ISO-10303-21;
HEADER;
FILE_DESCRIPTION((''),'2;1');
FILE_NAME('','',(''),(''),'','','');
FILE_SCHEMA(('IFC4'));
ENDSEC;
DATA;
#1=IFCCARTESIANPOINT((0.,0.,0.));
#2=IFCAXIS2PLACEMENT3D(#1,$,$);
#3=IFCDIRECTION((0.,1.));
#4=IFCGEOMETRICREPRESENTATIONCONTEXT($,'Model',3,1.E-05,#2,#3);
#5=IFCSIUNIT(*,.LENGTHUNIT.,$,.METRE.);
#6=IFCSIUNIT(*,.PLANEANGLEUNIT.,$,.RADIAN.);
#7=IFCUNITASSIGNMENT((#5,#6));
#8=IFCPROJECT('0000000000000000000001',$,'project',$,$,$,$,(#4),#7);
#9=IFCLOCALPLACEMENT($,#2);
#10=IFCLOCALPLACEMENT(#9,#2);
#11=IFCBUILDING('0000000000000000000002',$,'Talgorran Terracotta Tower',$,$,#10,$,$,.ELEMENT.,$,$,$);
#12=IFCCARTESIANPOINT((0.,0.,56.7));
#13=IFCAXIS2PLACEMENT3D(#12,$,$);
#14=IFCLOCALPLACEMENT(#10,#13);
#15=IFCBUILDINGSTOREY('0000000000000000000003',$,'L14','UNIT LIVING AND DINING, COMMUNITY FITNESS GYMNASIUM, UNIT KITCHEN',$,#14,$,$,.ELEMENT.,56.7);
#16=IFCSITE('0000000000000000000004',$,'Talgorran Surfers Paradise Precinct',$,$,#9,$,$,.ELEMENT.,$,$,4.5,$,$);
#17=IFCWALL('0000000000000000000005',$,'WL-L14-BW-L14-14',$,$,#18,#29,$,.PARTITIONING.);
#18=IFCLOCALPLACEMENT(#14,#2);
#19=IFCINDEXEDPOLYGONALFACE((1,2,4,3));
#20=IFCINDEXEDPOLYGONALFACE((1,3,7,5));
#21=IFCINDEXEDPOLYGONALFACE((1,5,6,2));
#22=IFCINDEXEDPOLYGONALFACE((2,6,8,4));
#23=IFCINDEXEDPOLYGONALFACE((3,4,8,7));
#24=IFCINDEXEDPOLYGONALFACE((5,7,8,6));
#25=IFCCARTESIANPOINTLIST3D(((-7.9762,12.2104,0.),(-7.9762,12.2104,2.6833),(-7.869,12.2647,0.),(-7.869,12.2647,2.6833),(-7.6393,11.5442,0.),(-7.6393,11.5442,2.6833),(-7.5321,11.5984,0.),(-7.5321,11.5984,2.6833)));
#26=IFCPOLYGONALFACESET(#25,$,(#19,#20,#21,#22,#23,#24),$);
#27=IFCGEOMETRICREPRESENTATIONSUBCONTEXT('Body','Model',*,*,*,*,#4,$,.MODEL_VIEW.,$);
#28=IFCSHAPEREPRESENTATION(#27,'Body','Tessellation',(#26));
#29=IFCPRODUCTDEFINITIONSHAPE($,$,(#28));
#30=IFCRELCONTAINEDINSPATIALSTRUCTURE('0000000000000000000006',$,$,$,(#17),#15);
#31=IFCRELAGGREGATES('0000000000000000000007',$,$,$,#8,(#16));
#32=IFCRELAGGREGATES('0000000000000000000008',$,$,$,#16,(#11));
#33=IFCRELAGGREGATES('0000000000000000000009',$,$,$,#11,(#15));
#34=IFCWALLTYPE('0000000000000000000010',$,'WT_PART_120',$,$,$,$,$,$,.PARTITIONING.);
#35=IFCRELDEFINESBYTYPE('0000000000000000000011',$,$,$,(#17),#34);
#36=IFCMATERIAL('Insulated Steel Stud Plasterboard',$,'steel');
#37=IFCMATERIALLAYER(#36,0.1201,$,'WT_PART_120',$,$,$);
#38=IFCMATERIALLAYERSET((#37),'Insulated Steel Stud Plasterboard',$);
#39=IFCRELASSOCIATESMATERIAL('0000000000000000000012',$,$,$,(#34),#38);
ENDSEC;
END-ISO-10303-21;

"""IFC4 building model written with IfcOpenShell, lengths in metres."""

from ifc_helpers import new_model, si_unit, direction, frame, frame_2d, origin, place, context, subcontext, project, spatial, rectangle, extrude, material, layer, layer_set, type_object, element, save


model = new_model("IFC4")

# Units and contexts
model_context = context("Model", 3, precision=1e-05, world=origin(), true_north=direction((0.0, 1.0)))
body_context = subcontext(model_context, "Body", "Model", "MODEL_VIEW")
ifc_project = project(units=[si_unit("LENGTHUNIT", "METRE"), si_unit("PLANEANGLEUNIT", "RADIAN")], contexts=[model_context])

# Site, building, storey
site_placement = place(None, origin())
site = spatial("IfcSite", under=ifc_project, at=site_placement, Name="Talgorran Surfers Paradise Precinct", CompositionType="ELEMENT", RefElevation=4.5)
building_placement = place(site_placement, origin())
building = spatial("IfcBuilding", under=site, at=building_placement, Name="Talgorran Terracotta Tower", CompositionType="ELEMENT")
storey_placement = place(building_placement, frame((0.0, 0.0, 56.7)))
storey = spatial("IfcBuildingStorey", under=building, at=storey_placement, Name="L14", Description="UNIT LIVING AND DINING, COMMUNITY FITNESS GYMNASIUM, UNIT KITCHEN", CompositionType="ELEMENT", Elevation=56.7)

# Wall
ifc_material_1 = material(Name="Insulated Steel Stud Plasterboard", Category="steel")
ifc_layer_1 = layer(ifc_material_1, 0.1201, Name="WT_PART_120")
ifc_layer_set_1 = layer_set([ifc_layer_1], Name="Insulated Steel Stud Plasterboard")
wall_type = type_object("IfcWallType", Name="WT_PART_120", PredefinedType="PARTITIONING", material=ifc_layer_set_1)
wall_1_placement = place(storey_placement, frame((-7.9226, 12.2375, 0.0), z_axis=(0.0, 0.0, 1.0), x_axis=(0.451264, -0.892391, 0.0)))
element("IfcWall", 1, at=wall_1_placement, inside=storey, type_object=wall_type, Name="WL-L14-BW-L14-14", PredefinedType="PARTITIONING", context=body_context, shape_type="SweptSolid", body=[
    extrude(rectangle(XDim=0.7466, YDim=0.1201, at=frame_2d((0.3733, 0.0))), origin(), (0.0, 0.0, 1.0), 2.6833),
])

save(model, "model.ifc")
